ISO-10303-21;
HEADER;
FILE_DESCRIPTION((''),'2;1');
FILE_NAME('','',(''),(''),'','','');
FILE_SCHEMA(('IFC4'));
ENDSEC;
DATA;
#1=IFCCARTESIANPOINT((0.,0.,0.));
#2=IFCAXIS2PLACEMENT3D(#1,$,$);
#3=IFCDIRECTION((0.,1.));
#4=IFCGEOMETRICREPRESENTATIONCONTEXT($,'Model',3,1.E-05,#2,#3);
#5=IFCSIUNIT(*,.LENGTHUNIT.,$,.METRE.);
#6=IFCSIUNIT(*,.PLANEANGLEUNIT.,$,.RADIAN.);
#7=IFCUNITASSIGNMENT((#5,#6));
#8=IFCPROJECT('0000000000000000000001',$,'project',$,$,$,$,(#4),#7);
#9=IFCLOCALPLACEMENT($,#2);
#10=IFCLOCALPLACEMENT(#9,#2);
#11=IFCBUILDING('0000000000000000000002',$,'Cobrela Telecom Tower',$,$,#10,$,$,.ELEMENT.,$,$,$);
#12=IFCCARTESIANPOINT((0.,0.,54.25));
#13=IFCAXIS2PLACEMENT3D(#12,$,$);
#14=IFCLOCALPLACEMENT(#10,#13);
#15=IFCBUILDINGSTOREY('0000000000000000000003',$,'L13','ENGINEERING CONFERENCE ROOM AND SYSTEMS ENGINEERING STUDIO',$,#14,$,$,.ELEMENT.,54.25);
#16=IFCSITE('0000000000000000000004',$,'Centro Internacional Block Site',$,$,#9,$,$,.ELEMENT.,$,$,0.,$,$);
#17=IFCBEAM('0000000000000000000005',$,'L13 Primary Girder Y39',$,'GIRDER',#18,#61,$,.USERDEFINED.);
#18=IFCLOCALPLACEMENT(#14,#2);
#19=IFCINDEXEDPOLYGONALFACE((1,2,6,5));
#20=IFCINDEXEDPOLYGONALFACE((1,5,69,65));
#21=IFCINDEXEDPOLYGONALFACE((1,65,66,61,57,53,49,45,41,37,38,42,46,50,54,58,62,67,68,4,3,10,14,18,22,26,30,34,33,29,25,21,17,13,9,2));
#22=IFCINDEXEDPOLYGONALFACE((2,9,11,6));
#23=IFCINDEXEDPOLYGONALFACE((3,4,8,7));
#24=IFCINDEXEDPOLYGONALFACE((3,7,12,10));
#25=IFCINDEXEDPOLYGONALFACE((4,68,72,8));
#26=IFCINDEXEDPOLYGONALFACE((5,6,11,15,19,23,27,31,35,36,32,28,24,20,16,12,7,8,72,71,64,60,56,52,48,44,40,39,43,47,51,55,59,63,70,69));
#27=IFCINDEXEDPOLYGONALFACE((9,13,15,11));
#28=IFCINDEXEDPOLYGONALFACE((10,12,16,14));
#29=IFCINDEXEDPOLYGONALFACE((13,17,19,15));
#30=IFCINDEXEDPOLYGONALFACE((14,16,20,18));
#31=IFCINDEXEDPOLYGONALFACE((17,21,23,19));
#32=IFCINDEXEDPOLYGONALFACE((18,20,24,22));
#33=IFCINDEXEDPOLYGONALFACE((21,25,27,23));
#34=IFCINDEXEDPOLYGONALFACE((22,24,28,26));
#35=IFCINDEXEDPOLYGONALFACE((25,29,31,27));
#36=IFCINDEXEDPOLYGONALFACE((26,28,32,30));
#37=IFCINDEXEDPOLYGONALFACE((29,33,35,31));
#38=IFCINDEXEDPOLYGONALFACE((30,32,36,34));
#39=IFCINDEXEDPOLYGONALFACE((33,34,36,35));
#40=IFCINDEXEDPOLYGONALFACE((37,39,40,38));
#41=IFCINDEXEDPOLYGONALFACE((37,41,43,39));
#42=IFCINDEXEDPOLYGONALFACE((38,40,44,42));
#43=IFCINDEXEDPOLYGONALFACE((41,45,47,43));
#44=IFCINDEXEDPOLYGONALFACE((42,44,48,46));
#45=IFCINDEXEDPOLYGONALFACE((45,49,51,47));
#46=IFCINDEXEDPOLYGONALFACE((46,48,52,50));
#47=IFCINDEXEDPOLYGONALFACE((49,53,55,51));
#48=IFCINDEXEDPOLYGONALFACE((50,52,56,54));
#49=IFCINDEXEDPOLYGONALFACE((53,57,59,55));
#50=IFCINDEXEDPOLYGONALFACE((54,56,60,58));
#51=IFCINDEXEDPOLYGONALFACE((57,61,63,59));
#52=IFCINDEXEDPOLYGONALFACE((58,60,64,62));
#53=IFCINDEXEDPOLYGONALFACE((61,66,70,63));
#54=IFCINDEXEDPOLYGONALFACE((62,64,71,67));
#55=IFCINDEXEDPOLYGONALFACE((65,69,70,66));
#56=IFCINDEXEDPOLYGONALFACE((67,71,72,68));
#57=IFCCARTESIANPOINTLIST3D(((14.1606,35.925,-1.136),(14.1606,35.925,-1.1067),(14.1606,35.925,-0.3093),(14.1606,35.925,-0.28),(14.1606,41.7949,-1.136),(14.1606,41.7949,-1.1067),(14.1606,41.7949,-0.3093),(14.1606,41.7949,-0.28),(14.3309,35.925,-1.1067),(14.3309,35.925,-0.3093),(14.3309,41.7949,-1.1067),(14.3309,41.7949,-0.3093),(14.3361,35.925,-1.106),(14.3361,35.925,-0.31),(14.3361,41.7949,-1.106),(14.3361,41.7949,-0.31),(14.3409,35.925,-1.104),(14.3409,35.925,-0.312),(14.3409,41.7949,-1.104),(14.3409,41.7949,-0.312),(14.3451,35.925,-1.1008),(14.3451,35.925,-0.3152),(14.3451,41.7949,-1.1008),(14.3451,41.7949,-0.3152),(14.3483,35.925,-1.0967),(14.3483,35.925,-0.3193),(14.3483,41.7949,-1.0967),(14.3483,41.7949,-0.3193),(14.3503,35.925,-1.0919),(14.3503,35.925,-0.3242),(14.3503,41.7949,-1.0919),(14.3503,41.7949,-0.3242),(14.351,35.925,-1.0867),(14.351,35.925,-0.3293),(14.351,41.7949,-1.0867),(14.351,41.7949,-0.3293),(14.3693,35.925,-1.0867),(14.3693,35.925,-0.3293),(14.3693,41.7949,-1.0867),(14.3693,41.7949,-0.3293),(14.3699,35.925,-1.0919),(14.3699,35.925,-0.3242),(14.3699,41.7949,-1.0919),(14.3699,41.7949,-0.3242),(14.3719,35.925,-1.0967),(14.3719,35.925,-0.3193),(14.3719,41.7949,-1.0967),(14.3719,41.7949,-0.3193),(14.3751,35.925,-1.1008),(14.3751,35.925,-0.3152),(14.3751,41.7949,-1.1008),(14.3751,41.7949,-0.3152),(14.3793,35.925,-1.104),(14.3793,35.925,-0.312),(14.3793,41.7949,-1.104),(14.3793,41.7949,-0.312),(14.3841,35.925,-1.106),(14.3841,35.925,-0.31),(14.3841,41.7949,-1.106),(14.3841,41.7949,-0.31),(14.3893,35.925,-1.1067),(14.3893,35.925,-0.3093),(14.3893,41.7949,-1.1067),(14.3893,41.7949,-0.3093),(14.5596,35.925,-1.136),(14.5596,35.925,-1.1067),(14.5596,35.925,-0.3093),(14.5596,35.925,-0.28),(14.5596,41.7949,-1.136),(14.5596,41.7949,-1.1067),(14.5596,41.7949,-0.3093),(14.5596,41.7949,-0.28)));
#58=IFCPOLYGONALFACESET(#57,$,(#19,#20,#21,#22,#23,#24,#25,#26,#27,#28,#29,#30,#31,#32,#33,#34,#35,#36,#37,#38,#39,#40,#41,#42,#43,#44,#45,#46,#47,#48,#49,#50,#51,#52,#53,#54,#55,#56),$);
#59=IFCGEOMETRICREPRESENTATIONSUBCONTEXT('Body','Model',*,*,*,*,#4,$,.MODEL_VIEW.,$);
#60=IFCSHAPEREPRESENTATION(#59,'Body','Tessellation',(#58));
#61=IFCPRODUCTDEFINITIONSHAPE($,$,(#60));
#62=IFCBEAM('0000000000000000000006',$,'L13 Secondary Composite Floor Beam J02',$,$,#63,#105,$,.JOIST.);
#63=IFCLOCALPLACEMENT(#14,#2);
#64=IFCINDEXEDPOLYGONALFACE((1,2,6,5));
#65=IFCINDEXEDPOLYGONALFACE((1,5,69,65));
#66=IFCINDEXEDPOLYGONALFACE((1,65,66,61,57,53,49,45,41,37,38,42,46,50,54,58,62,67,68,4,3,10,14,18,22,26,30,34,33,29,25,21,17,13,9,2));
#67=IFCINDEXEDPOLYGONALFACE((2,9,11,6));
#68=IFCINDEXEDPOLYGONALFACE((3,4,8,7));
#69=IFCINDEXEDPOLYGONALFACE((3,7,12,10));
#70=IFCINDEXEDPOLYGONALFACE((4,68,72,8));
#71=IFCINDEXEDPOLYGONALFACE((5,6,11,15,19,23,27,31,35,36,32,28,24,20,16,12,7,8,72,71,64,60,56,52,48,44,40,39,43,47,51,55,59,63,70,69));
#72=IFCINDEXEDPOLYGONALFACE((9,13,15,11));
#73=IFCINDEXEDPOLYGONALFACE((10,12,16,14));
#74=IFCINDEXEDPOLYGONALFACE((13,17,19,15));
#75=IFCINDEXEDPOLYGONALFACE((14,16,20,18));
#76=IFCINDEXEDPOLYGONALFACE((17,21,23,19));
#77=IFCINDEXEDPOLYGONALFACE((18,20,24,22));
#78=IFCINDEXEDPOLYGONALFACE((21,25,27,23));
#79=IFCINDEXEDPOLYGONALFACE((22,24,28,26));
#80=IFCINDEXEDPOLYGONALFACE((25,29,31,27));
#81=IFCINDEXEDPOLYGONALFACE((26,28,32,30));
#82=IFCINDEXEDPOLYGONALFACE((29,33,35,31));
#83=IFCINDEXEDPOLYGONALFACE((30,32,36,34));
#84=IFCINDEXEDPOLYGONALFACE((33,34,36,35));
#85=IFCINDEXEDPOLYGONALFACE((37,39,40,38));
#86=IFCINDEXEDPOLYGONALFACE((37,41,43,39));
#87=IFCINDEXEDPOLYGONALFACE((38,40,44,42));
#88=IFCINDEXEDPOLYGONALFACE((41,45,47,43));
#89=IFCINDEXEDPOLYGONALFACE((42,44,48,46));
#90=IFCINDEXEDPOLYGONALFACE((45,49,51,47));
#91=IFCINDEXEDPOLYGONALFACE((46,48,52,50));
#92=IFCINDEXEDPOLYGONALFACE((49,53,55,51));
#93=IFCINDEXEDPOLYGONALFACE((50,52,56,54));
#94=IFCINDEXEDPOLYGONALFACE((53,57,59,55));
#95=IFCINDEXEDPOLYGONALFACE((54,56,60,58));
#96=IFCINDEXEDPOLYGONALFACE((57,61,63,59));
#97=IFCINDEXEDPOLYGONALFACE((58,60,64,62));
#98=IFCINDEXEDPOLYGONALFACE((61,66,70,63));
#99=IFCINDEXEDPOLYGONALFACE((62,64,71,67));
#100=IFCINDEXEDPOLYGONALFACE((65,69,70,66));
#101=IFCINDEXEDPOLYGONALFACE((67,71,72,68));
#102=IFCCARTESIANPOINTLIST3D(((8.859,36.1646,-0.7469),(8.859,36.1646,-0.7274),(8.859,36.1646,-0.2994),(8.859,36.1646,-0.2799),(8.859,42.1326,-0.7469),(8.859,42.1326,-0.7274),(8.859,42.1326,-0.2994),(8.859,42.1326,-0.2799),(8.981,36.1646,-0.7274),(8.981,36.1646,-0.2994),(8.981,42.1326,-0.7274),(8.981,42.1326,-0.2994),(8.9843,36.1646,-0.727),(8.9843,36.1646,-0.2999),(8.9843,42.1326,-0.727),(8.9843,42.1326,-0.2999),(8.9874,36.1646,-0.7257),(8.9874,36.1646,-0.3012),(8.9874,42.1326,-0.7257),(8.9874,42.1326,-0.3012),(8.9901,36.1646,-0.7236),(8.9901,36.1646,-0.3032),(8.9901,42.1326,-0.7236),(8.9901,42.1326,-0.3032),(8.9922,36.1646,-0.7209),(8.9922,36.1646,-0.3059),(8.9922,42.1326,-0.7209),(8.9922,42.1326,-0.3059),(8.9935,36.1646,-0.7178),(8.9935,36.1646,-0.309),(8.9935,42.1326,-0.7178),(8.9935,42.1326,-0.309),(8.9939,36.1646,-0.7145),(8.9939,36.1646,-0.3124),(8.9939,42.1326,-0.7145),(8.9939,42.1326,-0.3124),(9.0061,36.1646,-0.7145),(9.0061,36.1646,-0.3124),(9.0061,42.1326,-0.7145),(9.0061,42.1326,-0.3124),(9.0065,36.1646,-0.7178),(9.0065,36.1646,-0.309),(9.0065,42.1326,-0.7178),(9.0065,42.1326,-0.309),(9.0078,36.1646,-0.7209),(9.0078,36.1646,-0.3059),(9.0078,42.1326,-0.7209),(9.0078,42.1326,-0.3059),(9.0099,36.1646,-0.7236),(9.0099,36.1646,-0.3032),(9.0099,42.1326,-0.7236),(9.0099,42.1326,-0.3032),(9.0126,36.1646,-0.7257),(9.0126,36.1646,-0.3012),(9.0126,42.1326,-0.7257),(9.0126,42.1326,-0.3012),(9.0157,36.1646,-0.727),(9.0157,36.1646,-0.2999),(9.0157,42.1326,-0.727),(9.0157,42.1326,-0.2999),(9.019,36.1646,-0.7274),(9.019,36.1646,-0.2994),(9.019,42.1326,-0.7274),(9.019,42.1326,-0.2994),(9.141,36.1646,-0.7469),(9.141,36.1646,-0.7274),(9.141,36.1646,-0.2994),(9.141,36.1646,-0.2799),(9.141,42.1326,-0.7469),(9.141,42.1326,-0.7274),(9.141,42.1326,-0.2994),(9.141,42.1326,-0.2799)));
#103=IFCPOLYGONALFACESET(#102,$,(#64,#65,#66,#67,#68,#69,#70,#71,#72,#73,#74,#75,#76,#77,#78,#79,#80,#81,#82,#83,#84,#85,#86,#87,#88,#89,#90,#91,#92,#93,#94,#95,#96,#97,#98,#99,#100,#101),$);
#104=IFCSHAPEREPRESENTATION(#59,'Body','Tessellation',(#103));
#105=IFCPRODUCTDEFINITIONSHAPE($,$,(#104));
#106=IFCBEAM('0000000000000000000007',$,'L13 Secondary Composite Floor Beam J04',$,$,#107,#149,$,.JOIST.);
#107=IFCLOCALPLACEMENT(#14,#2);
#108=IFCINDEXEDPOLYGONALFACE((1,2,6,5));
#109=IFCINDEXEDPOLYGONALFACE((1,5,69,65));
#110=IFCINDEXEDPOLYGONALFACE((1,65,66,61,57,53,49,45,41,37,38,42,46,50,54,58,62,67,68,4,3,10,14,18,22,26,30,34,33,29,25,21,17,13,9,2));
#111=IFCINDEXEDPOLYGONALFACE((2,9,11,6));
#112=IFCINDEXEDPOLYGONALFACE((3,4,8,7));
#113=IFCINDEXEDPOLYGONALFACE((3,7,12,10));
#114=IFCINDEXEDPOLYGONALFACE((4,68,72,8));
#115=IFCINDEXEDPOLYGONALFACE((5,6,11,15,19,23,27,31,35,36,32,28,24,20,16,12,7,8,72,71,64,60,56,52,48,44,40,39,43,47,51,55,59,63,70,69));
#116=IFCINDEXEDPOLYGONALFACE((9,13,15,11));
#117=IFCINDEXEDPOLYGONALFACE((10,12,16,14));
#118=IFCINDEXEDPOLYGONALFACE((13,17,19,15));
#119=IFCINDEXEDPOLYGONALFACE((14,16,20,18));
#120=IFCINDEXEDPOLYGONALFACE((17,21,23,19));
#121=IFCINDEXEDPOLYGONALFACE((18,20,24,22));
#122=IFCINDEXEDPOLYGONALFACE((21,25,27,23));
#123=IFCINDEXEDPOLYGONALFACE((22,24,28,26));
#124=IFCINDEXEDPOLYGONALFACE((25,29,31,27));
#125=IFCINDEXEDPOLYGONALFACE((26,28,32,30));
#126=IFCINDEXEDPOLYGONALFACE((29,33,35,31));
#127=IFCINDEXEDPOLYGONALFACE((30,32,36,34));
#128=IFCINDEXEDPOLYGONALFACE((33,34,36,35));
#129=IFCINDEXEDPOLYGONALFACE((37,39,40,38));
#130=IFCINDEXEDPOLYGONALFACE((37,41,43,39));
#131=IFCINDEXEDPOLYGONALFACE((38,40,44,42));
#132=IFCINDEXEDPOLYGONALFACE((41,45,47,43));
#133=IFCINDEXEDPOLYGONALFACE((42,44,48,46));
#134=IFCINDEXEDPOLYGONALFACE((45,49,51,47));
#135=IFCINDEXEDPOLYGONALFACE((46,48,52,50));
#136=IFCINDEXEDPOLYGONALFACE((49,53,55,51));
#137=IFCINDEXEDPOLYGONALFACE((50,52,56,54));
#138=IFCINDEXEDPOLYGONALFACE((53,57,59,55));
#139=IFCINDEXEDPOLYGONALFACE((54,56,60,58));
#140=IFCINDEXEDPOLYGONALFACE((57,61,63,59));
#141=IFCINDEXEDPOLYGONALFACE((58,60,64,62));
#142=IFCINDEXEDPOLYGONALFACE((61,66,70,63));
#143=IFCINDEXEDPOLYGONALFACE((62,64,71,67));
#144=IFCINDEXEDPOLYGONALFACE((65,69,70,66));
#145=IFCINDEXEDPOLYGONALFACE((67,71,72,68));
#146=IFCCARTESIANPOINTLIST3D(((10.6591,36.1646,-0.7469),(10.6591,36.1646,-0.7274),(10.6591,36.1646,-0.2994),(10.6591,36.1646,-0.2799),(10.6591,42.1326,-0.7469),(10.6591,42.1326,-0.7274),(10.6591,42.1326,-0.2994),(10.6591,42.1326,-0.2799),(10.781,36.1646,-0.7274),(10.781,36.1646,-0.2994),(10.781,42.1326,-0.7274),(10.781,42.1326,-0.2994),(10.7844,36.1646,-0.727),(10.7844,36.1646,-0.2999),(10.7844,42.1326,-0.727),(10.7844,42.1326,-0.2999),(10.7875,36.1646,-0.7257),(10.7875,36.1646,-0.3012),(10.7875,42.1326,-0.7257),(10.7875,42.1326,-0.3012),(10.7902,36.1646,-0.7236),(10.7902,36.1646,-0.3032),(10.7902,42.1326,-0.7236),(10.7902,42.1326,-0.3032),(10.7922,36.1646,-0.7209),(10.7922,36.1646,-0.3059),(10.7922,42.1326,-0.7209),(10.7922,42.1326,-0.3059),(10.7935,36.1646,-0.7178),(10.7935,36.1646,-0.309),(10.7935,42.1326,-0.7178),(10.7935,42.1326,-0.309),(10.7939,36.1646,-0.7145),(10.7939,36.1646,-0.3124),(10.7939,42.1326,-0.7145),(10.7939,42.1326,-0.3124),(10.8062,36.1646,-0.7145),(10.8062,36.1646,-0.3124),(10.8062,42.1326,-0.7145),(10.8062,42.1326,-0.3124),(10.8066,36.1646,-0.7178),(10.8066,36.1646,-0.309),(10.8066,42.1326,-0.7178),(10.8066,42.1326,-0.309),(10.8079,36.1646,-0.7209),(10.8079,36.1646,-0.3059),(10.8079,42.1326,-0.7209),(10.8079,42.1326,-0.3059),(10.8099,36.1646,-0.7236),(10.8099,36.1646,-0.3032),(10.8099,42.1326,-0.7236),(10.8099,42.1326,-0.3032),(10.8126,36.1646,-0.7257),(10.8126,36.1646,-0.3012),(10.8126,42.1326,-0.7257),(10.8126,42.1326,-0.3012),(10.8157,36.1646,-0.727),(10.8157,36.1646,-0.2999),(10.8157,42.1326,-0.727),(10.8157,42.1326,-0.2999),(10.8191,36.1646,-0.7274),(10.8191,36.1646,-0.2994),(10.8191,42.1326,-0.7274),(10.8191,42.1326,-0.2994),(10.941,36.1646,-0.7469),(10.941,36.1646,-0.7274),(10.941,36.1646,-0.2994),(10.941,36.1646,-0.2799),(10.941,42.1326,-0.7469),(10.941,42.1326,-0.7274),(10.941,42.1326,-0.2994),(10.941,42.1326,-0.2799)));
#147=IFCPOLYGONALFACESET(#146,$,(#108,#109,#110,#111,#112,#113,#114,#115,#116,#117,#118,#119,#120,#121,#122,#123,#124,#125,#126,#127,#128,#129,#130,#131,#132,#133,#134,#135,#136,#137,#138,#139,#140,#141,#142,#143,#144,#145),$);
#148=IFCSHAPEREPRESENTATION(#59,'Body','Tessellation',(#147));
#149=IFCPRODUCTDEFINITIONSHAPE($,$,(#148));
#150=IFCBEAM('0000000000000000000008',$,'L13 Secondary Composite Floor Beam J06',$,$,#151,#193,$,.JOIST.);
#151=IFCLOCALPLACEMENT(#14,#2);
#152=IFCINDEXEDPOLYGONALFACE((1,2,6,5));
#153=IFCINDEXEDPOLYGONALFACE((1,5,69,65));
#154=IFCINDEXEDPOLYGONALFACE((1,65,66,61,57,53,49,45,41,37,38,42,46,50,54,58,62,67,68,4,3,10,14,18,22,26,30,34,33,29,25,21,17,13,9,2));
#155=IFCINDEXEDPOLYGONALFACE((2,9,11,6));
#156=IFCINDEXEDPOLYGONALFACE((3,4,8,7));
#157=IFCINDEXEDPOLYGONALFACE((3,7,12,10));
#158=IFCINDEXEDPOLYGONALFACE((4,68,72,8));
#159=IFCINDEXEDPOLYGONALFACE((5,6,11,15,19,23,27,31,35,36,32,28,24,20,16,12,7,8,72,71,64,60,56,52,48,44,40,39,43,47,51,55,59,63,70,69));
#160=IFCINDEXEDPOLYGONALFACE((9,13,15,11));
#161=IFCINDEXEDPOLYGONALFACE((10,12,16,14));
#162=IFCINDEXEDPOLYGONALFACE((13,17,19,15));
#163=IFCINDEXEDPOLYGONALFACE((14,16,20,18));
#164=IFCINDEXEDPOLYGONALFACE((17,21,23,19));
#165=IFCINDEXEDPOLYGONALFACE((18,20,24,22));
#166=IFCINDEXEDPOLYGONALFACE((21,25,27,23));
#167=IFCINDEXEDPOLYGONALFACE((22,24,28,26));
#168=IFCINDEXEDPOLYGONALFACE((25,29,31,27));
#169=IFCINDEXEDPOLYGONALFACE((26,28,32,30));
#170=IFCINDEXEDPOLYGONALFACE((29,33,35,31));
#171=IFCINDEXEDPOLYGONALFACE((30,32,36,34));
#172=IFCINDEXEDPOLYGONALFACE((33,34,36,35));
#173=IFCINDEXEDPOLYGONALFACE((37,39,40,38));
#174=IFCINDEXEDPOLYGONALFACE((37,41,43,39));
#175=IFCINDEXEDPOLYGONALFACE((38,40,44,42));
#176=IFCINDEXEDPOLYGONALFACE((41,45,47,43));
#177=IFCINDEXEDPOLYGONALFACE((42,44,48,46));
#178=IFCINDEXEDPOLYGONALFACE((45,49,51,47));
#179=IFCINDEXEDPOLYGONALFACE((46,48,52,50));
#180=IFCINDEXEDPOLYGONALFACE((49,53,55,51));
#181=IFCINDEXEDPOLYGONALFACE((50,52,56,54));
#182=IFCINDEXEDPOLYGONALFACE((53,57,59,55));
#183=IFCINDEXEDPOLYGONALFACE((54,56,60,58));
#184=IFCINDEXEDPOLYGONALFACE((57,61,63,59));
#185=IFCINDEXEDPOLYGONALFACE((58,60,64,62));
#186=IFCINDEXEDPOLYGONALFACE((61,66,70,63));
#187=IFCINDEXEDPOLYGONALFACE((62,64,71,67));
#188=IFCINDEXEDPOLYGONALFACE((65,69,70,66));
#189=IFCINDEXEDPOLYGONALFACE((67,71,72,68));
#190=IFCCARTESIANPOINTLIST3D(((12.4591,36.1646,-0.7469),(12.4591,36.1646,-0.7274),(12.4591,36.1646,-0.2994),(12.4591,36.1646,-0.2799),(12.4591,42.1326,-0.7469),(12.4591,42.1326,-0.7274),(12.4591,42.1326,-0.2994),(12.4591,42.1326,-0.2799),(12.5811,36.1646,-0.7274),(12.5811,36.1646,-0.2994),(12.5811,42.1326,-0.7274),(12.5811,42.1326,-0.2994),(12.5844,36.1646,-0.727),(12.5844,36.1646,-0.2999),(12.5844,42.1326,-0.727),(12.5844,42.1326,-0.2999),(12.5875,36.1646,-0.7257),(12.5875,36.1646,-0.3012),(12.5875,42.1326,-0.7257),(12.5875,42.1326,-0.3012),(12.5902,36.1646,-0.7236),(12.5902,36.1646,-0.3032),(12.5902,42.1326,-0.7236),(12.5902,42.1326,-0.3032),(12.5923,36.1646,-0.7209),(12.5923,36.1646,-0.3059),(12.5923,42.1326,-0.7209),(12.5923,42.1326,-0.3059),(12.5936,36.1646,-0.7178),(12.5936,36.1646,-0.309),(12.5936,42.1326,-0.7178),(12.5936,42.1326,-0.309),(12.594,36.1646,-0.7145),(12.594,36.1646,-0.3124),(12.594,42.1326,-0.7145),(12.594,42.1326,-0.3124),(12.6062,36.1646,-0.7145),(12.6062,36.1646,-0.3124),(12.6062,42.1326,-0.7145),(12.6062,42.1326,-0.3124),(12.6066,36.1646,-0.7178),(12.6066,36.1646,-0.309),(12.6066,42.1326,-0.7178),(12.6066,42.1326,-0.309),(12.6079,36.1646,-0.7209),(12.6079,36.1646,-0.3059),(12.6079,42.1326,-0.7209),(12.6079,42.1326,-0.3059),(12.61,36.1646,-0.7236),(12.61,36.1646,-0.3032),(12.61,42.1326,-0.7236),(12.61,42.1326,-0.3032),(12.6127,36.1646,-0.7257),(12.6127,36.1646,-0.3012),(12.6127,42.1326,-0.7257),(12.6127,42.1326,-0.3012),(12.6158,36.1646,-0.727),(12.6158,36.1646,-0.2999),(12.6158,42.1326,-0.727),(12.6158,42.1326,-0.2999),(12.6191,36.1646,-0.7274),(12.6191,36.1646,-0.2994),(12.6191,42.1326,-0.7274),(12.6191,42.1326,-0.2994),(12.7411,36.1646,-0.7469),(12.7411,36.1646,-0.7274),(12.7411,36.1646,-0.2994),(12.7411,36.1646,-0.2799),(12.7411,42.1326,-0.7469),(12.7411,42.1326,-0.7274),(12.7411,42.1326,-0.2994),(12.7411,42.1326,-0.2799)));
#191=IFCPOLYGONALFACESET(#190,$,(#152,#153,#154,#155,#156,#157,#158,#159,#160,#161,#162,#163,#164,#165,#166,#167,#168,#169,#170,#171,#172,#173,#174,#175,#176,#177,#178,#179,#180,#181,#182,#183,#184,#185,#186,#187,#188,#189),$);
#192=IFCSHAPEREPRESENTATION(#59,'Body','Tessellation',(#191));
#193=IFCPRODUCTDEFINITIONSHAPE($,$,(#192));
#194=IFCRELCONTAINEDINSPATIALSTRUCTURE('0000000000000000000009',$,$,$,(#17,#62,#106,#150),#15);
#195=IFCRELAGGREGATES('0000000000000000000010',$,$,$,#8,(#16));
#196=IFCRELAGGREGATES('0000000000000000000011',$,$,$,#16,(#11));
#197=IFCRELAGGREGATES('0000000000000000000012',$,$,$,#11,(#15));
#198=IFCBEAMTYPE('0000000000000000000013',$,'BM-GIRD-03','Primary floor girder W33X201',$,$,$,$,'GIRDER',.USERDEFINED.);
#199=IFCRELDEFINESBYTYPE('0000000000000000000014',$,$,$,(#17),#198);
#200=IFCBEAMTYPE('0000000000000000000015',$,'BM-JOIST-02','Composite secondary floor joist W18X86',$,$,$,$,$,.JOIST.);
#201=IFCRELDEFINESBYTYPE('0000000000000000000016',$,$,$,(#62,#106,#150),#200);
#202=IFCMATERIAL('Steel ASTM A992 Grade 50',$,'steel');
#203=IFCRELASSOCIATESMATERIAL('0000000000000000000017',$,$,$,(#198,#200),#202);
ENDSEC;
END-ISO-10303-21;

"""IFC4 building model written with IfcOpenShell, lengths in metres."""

from ifc_helpers import new_model, si_unit, direction, frame, origin, origin_2d, place, context, subcontext, project, spatial, i_section, extrude, material, material_profile, profile_set, type_object, element, save


model = new_model("IFC4")

# Units and contexts
model_context = context("Model", 3, precision=1e-05, world=origin(), true_north=direction((0.0, 1.0)))
body_context = subcontext(model_context, "Body", "Model", "MODEL_VIEW")
ifc_project = project(units=[si_unit("LENGTHUNIT", "METRE"), si_unit("PLANEANGLEUNIT", "RADIAN")], contexts=[model_context])

# Site, building, storey
site_placement = place(None, origin())
site = spatial("IfcSite", under=ifc_project, at=site_placement, Name="Centro Internacional Block Site", CompositionType="ELEMENT", RefElevation=0.0)
building_placement = place(site_placement, origin())
building = spatial("IfcBuilding", under=site, at=building_placement, Name="Cobrela Telecom Tower", CompositionType="ELEMENT")
storey_placement = place(building_placement, frame((0.0, 0.0, 54.25)))
storey = spatial("IfcBuildingStorey", under=building, at=storey_placement, Name="L13", Description="ENGINEERING CONFERENCE ROOM AND SYSTEMS ENGINEERING STUDIO", CompositionType="ELEMENT", Elevation=54.25)

# Beams
ifc_material_1 = material(Name="Steel ASTM A992 Grade 50", Category="steel")
ifc_material_profile_1 = material_profile(ifc_material_1, i_section(OverallWidth=0.3989, OverallDepth=0.856, WebThickness=0.0183, FlangeThickness=0.0293, FilletRadius=0.02, at=origin_2d()), Name="W33X201")
ifc_profile_set_1 = profile_set([ifc_material_profile_1], Name="Steel ASTM A992 Grade 50")
beam_type_1 = type_object("IfcBeamType", Name="BM-GIRD-03", Description="Primary floor girder W33X201", ElementType="GIRDER", PredefinedType="USERDEFINED", material=ifc_profile_set_1)
for number, where, z_axis, x_axis, name in (
    (1, (14.3601, 35.925, -0.708), (0.0, 1.0, 0.0), (-1.0, 0.0, 0.0), "L13 Primary Girder Y39"),
):
    element("IfcBeam", number, at=place(storey_placement, frame(where, z_axis=z_axis, x_axis=x_axis)), inside=storey, type_object=beam_type_1, Name=name, ObjectType="GIRDER", PredefinedType="USERDEFINED", context=body_context, shape_type="SweptSolid", body=[
        extrude(i_section(OverallWidth=0.3989, OverallDepth=0.856, WebThickness=0.0183, FlangeThickness=0.0293, FilletRadius=0.02, at=origin_2d()), origin(), (0.0, 0.0, 1.0), 5.8699),
    ])
ifc_material_profile_2 = material_profile(ifc_material_1, i_section(OverallWidth=0.282, OverallDepth=0.467, WebThickness=0.0122, FlangeThickness=0.0195, FilletRadius=0.0129, at=origin_2d()), Name="W18X86")
ifc_profile_set_2 = profile_set([ifc_material_profile_2], Name="Steel ASTM A992 Grade 50")
beam_type_2 = type_object("IfcBeamType", Name="BM-JOIST-02", Description="Composite secondary floor joist W18X86", PredefinedType="JOIST", material=ifc_profile_set_2)
for number, where, z_axis, x_axis, name in (
    (2, (9.0, 36.1646, -0.5134), (0.0, 1.0, 0.0), (-1.0, 0.0, 0.0), "L13 Secondary Composite Floor Beam J02"),
    (3, (10.8, 36.1646, -0.5134), (0.0, 1.0, 0.0), (-1.0, 0.0, 0.0), "L13 Secondary Composite Floor Beam J04"),
    (4, (12.6001, 36.1646, -0.5134), (0.0, 1.0, 0.0), (-1.0, 0.0, 0.0), "L13 Secondary Composite Floor Beam J06"),
):
    element("IfcBeam", number, at=place(storey_placement, frame(where, z_axis=z_axis, x_axis=x_axis)), inside=storey, type_object=beam_type_2, Name=name, PredefinedType="JOIST", context=body_context, shape_type="SweptSolid", body=[
        extrude(i_section(OverallWidth=0.282, OverallDepth=0.467, WebThickness=0.0122, FlangeThickness=0.0195, FilletRadius=0.0129, at=origin_2d()), origin(), (0.0, 0.0, 1.0), 5.968),
    ])

save(model, "model.ifc")
